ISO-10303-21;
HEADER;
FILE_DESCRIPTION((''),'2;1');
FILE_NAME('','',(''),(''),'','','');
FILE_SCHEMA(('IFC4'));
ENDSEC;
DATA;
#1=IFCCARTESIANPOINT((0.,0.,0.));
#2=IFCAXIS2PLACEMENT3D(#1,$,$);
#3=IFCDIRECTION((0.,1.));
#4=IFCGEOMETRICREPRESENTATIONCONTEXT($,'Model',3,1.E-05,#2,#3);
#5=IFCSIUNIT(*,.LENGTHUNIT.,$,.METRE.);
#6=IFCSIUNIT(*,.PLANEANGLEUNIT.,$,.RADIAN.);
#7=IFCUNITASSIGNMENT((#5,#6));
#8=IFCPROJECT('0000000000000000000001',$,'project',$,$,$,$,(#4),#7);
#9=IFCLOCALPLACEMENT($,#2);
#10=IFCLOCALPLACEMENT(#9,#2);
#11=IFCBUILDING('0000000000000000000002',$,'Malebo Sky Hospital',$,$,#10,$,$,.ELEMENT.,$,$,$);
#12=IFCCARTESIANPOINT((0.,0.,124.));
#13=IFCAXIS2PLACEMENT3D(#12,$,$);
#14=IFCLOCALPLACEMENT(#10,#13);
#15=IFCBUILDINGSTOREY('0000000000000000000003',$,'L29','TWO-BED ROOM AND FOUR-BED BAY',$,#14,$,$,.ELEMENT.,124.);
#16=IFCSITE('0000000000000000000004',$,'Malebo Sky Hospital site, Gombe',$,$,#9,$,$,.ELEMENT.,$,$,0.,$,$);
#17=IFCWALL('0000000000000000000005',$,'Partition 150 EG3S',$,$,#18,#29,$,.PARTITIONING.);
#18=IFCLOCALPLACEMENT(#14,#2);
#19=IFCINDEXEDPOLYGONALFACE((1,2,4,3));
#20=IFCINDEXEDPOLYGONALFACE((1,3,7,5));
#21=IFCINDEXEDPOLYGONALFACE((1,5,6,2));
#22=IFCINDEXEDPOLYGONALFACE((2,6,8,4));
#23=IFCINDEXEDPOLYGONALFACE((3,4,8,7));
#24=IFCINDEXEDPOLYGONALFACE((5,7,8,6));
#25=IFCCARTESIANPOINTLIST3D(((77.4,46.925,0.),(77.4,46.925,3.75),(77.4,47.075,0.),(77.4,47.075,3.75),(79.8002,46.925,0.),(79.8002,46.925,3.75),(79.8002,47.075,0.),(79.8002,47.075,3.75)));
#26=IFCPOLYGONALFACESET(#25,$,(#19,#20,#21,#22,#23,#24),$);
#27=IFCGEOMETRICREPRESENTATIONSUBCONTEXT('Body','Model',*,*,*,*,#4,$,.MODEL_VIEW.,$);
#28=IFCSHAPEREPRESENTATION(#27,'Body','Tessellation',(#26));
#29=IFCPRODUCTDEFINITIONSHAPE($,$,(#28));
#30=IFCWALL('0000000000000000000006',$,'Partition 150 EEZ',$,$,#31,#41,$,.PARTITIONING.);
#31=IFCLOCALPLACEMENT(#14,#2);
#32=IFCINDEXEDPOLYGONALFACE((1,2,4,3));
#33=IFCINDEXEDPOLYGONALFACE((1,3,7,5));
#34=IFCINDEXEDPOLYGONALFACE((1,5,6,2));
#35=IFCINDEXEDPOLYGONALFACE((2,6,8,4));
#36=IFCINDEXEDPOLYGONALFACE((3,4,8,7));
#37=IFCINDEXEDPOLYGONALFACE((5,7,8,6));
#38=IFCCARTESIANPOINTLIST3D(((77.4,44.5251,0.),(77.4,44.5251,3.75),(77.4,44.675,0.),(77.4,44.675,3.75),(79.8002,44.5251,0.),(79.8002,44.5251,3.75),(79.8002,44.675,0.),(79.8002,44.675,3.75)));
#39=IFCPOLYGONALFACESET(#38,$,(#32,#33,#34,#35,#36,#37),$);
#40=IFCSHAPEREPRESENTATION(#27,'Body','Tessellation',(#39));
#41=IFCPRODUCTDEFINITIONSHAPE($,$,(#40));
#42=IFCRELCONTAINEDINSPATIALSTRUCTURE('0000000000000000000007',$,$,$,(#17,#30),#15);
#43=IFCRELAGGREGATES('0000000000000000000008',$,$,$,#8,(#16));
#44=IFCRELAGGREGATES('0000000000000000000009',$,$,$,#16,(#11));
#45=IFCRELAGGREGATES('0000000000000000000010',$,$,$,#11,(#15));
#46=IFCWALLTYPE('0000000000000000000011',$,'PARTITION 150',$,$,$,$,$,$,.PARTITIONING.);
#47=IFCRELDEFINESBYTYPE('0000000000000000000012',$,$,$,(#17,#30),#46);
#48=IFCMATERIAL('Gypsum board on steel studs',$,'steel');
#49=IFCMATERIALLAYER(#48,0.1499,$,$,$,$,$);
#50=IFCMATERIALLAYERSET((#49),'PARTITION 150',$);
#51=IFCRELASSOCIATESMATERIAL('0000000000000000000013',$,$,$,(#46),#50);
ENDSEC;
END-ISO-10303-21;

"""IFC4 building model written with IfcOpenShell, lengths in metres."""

from ifc_helpers import new_model, si_unit, direction, frame, frame_2d, origin, place, context, subcontext, project, spatial, rectangle, extrude, material, layer, layer_set, type_object, element, save


model = new_model("IFC4")

# Units and contexts
model_context = context("Model", 3, precision=1e-05, world=origin(), true_north=direction((0.0, 1.0)))
body_context = subcontext(model_context, "Body", "Model", "MODEL_VIEW")
ifc_project = project(units=[si_unit("LENGTHUNIT", "METRE"), si_unit("PLANEANGLEUNIT", "RADIAN")], contexts=[model_context])

# Site, building, storey
site_placement = place(None, origin())
site = spatial("IfcSite", under=ifc_project, at=site_placement, Name="Malebo Sky Hospital site, Gombe", CompositionType="ELEMENT", RefElevation=0.0)
building_placement = place(site_placement, origin())
building = spatial("IfcBuilding", under=site, at=building_placement, Name="Malebo Sky Hospital", CompositionType="ELEMENT")
storey_placement = place(building_placement, frame((0.0, 0.0, 124.0)))
storey = spatial("IfcBuildingStorey", under=building, at=storey_placement, Name="L29", Description="TWO-BED ROOM AND FOUR-BED BAY", CompositionType="ELEMENT", Elevation=124.0)

# Shared definitions
ifc_material_1 = material(Name="Gypsum board on steel studs", Category="steel")

# Shared definitions
ifc_layer_1 = layer(ifc_material_1, 0.1499)
ifc_layer_set_1 = layer_set([ifc_layer_1], Name="PARTITION 150")
wall_type_1 = type_object("IfcWallType", Name="PARTITION 150", PredefinedType="PARTITIONING", material=ifc_layer_set_1)

# Walls
for number, where, z_axis, x_axis, name in (
    (1, (77.3999, 47.0, 0.0), (0.0, 0.0, 1.0), (1.0, 0.0, 0.0), "Partition 150 EG3S"),
    (2, (77.3999, 44.6001, 0.0), (0.0, 0.0, 1.0), (1.0, 0.0, 0.0), "Partition 150 EEZ"),
):
    element("IfcWall", number, at=place(storey_placement, frame(where, z_axis=z_axis, x_axis=x_axis)), inside=storey, type_object=wall_type_1, Name=name, PredefinedType="PARTITIONING", context=body_context, shape_type="SweptSolid", body=[
        extrude(rectangle(XDim=2.4001, YDim=0.1499, at=frame_2d((1.2002, 0.0))), origin(), (0.0, 0.0, 1.0), 3.75),
    ])

save(model, "model.ifc")
